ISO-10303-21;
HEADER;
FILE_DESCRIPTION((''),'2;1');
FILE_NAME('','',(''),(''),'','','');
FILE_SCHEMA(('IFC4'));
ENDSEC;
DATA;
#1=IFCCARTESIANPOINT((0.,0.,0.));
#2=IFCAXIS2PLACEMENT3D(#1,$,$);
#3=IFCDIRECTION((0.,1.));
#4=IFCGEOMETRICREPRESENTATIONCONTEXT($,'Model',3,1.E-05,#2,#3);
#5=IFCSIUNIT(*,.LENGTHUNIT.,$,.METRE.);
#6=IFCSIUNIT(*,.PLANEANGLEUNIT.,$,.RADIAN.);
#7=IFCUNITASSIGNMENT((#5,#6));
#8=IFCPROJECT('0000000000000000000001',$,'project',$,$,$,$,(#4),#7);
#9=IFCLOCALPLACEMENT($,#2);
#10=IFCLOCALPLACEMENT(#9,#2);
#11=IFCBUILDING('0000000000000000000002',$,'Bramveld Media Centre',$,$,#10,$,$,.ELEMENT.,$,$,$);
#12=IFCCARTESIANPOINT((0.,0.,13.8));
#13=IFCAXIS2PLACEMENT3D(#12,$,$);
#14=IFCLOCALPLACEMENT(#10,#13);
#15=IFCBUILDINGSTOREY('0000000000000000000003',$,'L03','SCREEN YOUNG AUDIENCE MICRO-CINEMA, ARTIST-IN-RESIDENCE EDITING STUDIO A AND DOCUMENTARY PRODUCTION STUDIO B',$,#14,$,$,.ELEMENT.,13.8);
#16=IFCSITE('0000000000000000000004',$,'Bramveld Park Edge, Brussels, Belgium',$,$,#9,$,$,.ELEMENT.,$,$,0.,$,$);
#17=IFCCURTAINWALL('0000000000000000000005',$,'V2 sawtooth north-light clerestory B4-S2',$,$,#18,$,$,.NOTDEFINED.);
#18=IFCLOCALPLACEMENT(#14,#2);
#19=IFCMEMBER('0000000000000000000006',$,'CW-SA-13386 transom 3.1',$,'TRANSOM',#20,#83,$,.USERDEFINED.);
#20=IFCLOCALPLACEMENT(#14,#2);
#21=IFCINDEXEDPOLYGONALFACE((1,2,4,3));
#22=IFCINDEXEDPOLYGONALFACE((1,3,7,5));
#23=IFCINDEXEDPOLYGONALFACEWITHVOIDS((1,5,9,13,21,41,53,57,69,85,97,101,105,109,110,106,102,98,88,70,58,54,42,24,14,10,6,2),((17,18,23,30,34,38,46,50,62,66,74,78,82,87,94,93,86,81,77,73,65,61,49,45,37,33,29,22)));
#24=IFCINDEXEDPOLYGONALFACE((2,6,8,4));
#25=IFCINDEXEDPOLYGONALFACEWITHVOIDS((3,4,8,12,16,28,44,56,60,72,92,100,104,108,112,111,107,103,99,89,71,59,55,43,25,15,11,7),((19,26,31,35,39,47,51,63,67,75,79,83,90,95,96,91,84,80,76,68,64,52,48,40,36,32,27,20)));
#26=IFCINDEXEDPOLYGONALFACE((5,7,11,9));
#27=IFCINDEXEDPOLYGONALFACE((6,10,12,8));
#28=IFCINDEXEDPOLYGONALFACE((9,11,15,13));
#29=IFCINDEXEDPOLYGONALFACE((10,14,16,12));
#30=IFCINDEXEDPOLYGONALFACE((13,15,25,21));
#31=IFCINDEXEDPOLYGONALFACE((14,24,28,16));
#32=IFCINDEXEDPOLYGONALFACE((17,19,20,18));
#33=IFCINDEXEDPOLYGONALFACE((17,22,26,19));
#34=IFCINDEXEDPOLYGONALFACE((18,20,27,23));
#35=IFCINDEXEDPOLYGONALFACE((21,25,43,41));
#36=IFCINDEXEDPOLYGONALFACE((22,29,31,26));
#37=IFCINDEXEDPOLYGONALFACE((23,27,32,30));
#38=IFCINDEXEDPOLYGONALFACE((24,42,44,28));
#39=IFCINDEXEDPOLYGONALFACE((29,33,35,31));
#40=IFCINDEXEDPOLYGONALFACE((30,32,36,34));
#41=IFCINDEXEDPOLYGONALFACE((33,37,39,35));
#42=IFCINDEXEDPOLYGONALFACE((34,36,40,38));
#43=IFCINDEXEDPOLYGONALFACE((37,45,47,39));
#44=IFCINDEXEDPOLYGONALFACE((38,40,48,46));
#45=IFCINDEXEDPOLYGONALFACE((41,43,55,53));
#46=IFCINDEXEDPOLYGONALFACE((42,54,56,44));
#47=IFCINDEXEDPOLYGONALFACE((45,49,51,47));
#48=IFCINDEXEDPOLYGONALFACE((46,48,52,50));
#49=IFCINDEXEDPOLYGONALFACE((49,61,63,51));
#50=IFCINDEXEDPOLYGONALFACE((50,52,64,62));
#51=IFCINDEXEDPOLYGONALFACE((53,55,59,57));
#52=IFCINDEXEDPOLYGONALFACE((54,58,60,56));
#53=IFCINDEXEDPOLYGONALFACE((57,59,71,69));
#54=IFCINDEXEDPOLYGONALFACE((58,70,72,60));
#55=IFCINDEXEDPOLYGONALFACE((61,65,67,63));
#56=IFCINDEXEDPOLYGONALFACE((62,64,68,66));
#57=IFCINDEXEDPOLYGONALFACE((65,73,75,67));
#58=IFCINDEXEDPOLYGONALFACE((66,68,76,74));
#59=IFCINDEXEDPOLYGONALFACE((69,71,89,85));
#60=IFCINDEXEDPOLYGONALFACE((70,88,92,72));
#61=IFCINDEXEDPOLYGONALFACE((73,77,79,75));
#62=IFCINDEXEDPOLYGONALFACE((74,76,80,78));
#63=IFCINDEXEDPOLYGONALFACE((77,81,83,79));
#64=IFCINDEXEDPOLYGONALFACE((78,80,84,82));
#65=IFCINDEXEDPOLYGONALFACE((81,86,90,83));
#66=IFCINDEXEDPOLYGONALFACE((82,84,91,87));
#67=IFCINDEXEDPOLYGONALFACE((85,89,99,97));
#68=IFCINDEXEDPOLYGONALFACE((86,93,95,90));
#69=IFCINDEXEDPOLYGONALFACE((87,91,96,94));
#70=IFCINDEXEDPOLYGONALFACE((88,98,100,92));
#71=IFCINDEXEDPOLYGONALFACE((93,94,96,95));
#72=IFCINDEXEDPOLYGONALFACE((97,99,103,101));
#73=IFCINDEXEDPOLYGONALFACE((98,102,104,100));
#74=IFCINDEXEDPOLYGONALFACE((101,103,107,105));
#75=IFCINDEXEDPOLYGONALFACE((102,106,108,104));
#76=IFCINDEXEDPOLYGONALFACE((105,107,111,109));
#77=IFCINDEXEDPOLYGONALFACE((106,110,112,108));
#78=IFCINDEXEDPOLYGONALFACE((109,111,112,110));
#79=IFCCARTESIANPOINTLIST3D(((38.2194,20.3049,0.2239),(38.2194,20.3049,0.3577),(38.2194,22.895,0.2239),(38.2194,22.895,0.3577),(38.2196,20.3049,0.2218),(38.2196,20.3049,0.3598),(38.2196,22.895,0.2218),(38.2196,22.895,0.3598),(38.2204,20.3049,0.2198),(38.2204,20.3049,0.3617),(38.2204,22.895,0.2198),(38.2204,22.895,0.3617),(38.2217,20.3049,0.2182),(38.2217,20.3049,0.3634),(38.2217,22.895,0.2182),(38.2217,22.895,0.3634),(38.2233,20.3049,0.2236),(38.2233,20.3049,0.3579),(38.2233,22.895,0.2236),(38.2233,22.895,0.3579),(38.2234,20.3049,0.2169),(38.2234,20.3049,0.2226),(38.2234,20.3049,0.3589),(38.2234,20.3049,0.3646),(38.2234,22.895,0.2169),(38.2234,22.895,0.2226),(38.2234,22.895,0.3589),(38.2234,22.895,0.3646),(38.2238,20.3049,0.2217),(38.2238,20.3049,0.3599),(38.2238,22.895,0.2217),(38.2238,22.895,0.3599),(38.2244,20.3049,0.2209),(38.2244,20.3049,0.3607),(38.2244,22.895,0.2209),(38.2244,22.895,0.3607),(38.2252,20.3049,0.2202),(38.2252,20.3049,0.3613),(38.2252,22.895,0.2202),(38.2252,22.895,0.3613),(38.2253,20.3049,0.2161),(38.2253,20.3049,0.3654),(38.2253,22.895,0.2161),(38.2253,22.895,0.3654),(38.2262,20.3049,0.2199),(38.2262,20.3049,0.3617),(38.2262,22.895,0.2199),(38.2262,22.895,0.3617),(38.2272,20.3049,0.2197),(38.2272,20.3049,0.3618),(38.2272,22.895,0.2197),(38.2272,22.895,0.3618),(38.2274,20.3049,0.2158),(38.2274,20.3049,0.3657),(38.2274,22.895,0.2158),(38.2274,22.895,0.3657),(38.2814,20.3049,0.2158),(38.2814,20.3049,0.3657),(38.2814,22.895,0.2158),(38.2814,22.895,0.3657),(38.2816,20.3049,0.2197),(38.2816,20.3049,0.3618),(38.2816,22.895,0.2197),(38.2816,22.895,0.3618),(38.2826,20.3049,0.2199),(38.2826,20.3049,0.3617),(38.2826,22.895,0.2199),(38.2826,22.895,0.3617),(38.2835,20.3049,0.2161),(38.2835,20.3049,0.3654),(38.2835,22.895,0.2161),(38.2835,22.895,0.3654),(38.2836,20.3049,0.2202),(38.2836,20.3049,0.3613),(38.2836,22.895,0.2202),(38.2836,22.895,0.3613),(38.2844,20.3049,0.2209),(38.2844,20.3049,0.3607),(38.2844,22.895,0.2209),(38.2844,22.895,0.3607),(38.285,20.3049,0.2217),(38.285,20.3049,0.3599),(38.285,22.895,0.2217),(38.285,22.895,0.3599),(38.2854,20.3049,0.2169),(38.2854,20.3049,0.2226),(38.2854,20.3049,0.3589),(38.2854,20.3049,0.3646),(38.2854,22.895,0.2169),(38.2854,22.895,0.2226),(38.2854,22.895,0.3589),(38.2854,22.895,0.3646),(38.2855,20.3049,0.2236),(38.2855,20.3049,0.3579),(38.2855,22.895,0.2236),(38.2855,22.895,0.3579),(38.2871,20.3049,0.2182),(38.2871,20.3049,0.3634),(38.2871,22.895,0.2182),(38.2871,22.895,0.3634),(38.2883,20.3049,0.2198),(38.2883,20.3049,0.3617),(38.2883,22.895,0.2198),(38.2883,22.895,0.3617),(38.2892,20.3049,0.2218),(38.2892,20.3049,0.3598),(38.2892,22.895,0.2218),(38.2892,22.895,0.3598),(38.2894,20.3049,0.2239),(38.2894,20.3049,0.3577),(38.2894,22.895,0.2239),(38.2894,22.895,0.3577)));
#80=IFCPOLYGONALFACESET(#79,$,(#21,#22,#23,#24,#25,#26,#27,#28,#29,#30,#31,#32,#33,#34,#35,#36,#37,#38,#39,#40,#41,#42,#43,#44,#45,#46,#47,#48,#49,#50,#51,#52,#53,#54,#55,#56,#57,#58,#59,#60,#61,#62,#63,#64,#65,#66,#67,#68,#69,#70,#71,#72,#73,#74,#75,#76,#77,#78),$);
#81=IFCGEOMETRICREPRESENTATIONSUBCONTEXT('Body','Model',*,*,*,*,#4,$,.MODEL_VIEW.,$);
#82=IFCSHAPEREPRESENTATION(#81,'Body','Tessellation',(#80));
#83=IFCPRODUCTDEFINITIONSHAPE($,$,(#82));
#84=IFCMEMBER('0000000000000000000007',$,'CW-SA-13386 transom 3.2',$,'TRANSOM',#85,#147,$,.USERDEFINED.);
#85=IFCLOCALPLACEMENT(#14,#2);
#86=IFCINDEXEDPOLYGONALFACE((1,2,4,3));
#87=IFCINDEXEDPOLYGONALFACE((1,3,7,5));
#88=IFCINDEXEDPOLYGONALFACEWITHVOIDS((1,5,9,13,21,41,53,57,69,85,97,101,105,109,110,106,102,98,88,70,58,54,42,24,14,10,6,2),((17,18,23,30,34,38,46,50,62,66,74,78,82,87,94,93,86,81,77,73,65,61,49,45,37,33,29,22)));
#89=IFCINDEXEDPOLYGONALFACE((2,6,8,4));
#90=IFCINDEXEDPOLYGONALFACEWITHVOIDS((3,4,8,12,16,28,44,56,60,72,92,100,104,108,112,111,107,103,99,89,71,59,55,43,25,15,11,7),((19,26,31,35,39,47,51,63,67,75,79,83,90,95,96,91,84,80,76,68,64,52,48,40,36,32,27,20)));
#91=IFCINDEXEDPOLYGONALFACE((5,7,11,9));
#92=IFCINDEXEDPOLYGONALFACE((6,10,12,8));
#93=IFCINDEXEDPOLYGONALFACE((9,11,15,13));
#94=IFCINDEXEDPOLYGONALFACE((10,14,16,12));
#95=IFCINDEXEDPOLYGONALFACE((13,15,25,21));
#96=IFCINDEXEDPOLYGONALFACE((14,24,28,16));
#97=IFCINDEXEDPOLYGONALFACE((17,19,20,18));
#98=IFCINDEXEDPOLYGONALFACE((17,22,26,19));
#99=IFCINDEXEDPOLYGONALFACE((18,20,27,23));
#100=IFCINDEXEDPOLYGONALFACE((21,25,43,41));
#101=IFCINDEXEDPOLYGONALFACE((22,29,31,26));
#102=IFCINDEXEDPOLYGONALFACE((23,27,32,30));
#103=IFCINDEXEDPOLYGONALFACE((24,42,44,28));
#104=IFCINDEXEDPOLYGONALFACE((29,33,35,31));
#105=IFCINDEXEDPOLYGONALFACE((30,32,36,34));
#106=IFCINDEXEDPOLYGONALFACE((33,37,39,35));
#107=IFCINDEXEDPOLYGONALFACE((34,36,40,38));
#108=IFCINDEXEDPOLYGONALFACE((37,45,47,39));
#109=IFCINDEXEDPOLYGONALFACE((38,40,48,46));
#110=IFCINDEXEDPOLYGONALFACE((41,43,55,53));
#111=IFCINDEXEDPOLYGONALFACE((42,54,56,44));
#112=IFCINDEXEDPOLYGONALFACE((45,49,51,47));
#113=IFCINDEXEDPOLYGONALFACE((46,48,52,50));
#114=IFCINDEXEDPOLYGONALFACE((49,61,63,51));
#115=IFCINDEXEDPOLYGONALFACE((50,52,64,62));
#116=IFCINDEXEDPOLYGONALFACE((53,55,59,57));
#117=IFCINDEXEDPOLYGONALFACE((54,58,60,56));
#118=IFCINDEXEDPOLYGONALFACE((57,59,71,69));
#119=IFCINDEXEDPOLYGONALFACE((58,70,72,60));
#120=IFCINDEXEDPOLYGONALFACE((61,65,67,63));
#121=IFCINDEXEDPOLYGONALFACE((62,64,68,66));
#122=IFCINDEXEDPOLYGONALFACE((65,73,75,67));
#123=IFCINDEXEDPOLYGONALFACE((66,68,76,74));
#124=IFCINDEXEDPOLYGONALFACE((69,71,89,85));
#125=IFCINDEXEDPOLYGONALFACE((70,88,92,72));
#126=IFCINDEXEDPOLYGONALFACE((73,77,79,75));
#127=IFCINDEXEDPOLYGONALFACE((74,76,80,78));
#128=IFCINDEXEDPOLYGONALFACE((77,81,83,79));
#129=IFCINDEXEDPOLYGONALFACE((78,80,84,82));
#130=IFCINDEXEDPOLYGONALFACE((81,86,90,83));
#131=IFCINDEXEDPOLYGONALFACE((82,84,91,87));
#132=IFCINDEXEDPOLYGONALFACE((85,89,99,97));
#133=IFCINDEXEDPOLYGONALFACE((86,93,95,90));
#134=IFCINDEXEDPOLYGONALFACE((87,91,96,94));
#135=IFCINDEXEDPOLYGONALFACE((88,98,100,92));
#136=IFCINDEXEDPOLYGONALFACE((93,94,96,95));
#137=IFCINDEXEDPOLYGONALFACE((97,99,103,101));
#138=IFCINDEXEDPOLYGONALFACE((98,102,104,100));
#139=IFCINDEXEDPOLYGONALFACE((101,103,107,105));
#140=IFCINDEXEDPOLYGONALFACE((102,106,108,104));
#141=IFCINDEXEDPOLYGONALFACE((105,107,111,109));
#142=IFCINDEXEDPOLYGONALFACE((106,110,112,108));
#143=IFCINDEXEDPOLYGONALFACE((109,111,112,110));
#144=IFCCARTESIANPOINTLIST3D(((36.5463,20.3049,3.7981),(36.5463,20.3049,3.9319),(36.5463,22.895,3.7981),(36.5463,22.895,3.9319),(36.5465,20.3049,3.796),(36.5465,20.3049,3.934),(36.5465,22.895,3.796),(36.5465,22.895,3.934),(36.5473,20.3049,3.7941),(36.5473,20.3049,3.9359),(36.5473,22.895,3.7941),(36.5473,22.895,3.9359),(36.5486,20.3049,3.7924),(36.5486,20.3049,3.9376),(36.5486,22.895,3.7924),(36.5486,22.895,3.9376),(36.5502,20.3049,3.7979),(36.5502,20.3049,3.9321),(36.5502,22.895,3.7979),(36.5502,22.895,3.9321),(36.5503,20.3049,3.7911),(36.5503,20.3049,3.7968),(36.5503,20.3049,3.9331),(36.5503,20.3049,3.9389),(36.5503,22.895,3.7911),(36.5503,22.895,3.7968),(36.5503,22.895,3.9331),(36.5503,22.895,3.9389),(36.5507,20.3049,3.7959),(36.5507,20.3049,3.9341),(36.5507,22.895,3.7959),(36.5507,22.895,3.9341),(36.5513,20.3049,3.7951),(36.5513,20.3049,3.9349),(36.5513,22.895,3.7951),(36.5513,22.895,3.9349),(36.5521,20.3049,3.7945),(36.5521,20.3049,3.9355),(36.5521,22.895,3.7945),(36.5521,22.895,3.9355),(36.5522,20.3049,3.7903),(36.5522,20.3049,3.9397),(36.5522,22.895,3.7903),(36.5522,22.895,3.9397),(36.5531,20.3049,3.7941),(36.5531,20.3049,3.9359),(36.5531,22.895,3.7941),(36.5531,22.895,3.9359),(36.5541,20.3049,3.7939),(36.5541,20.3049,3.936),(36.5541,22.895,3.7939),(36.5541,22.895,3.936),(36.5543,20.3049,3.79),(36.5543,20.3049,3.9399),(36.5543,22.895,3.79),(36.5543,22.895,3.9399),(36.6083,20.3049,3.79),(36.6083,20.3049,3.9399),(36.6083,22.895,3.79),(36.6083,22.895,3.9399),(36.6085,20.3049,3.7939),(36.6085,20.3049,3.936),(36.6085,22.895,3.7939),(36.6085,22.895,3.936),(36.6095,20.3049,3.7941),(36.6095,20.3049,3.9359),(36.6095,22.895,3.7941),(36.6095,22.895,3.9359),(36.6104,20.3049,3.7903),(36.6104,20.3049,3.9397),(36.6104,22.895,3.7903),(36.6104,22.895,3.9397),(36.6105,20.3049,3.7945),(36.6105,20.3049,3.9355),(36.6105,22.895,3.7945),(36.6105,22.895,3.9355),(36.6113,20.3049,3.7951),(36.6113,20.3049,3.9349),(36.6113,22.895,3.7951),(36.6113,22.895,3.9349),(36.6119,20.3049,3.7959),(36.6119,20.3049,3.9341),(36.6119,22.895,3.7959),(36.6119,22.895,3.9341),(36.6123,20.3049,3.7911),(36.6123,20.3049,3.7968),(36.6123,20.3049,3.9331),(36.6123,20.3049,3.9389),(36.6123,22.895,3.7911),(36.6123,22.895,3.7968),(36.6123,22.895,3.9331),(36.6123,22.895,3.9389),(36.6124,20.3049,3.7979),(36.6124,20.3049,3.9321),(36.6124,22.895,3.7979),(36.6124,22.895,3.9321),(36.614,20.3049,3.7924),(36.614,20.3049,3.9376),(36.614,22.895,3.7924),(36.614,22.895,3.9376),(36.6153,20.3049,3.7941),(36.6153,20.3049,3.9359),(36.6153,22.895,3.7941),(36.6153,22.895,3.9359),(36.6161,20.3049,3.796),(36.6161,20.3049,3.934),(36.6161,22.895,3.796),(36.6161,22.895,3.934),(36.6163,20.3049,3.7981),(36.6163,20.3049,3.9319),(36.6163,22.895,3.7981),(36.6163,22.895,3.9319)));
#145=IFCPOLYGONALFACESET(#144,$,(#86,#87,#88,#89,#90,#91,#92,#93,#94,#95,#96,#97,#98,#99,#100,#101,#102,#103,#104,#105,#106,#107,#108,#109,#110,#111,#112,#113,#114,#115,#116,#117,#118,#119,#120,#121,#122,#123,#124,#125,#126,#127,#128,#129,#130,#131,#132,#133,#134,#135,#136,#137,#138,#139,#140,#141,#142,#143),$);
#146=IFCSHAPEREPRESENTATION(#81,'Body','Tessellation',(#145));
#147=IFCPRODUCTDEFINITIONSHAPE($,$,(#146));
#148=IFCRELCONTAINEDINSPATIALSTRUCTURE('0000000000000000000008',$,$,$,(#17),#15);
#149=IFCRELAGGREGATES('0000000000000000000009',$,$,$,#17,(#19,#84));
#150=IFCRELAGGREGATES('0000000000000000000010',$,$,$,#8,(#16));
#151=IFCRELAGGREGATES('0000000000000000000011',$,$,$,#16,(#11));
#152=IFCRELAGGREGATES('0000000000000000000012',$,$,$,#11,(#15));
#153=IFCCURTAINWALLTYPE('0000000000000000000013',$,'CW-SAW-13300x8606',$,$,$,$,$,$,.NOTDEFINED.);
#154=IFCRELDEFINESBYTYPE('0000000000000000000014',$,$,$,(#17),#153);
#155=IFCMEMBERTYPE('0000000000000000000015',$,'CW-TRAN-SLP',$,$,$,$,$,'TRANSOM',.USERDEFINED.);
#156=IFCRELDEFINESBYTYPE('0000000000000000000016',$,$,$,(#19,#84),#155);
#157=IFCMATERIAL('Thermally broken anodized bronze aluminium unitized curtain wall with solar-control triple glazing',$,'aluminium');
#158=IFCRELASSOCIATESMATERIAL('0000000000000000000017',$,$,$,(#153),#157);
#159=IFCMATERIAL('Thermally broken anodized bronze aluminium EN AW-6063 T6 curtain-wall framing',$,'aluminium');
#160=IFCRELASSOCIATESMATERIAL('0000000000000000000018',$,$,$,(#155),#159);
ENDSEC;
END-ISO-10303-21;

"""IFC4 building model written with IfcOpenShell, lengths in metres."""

from ifc_helpers import new_model, si_unit, direction, frame, origin, origin_2d, place, context, subcontext, project, spatial, hollow_rectangle, extrude, material, material_profile, profile_set, type_object, element, aggregate, save


model = new_model("IFC4")

# Units and contexts
model_context = context("Model", 3, precision=1e-05, world=origin(), true_north=direction((0.0, 1.0)))
body_context = subcontext(model_context, "Body", "Model", "MODEL_VIEW")
ifc_project = project(units=[si_unit("LENGTHUNIT", "METRE"), si_unit("PLANEANGLEUNIT", "RADIAN")], contexts=[model_context])

# Site, building, storey
site_placement = place(None, origin())
site = spatial("IfcSite", under=ifc_project, at=site_placement, Name="Bramveld Park Edge, Brussels, Belgium", CompositionType="ELEMENT", RefElevation=0.0)
building_placement = place(site_placement, origin())
building = spatial("IfcBuilding", under=site, at=building_placement, Name="Bramveld Media Centre", CompositionType="ELEMENT")
storey_placement = place(building_placement, frame((0.0, 0.0, 13.8)))
storey = spatial("IfcBuildingStorey", under=building, at=storey_placement, Name="L03", Description="SCREEN YOUNG AUDIENCE MICRO-CINEMA, ARTIST-IN-RESIDENCE EDITING STUDIO A AND DOCUMENTARY PRODUCTION STUDIO B", CompositionType="ELEMENT", Elevation=13.8)

# Curtain wall
ifc_material_1 = material(Name="Thermally broken anodized bronze aluminium unitized curtain wall with solar-control triple glazing", Category="aluminium")
curtain_wall_type = type_object("IfcCurtainWallType", Name="CW-SAW-13300x8606", PredefinedType="NOTDEFINED", material=ifc_material_1)
curtain_wall_1_placement = place(storey_placement, origin())
curtain_wall_1 = element("IfcCurtainWall", 1, at=curtain_wall_1_placement, inside=storey, type_object=curtain_wall_type, Name="V2 sawtooth north-light clerestory B4-S2", PredefinedType="NOTDEFINED")

# Members
ifc_material_2 = material(Name="Thermally broken anodized bronze aluminium EN AW-6063 T6 curtain-wall framing", Category="aluminium")
ifc_material_profile_1 = material_profile(ifc_material_2, hollow_rectangle(XDim=0.0701, YDim=0.1499, WallThickness=0.0039, InnerFilletRadius=0.0039, OuterFilletRadius=0.0081, at=origin_2d()), Name="AL-TRAN 70x150")
ifc_profile_set_1 = profile_set([ifc_material_profile_1], Name="Thermally broken anodized bronze aluminium EN AW-6063 T6 curtain-wall framing")
member_type_1 = type_object("IfcMemberType", Name="CW-TRAN-SLP", ElementType="TRANSOM", PredefinedType="USERDEFINED", material=ifc_profile_set_1)
member_1_placement = place(storey_placement, frame((38.2544, 20.3049, 0.2908), z_axis=(0.0, 1.0, 0.0), x_axis=(-1.0, 0.0, 0.0)))
member_1 = element("IfcMember", 2, at=member_1_placement, type_object=member_type_1, Name="CW-SA-13386 transom 3.1", ObjectType="TRANSOM", PredefinedType="USERDEFINED", context=body_context, shape_type="SweptSolid", body=[
    extrude(hollow_rectangle(XDim=0.0701, YDim=0.1499, WallThickness=0.0039, InnerFilletRadius=0.0039, OuterFilletRadius=0.0081, at=origin_2d()), origin(), (0.0, 0.0, 1.0), 2.5901),
])
member_2_placement = place(storey_placement, frame((36.5813, 20.3049, 3.865), z_axis=(0.0, 1.0, 0.0), x_axis=(-1.0, 0.0, 0.0)))
member_2 = element("IfcMember", 3, at=member_2_placement, type_object=member_type_1, Name="CW-SA-13386 transom 3.2", ObjectType="TRANSOM", PredefinedType="USERDEFINED", context=body_context, shape_type="SweptSolid", body=[
    extrude(hollow_rectangle(XDim=0.0701, YDim=0.1499, WallThickness=0.0039, InnerFilletRadius=0.0039, OuterFilletRadius=0.0081, at=origin_2d()), origin(), (0.0, 0.0, 1.0), 2.5901),
])

aggregate(curtain_wall_1, [member_1, member_2])

save(model, "model.ifc")
